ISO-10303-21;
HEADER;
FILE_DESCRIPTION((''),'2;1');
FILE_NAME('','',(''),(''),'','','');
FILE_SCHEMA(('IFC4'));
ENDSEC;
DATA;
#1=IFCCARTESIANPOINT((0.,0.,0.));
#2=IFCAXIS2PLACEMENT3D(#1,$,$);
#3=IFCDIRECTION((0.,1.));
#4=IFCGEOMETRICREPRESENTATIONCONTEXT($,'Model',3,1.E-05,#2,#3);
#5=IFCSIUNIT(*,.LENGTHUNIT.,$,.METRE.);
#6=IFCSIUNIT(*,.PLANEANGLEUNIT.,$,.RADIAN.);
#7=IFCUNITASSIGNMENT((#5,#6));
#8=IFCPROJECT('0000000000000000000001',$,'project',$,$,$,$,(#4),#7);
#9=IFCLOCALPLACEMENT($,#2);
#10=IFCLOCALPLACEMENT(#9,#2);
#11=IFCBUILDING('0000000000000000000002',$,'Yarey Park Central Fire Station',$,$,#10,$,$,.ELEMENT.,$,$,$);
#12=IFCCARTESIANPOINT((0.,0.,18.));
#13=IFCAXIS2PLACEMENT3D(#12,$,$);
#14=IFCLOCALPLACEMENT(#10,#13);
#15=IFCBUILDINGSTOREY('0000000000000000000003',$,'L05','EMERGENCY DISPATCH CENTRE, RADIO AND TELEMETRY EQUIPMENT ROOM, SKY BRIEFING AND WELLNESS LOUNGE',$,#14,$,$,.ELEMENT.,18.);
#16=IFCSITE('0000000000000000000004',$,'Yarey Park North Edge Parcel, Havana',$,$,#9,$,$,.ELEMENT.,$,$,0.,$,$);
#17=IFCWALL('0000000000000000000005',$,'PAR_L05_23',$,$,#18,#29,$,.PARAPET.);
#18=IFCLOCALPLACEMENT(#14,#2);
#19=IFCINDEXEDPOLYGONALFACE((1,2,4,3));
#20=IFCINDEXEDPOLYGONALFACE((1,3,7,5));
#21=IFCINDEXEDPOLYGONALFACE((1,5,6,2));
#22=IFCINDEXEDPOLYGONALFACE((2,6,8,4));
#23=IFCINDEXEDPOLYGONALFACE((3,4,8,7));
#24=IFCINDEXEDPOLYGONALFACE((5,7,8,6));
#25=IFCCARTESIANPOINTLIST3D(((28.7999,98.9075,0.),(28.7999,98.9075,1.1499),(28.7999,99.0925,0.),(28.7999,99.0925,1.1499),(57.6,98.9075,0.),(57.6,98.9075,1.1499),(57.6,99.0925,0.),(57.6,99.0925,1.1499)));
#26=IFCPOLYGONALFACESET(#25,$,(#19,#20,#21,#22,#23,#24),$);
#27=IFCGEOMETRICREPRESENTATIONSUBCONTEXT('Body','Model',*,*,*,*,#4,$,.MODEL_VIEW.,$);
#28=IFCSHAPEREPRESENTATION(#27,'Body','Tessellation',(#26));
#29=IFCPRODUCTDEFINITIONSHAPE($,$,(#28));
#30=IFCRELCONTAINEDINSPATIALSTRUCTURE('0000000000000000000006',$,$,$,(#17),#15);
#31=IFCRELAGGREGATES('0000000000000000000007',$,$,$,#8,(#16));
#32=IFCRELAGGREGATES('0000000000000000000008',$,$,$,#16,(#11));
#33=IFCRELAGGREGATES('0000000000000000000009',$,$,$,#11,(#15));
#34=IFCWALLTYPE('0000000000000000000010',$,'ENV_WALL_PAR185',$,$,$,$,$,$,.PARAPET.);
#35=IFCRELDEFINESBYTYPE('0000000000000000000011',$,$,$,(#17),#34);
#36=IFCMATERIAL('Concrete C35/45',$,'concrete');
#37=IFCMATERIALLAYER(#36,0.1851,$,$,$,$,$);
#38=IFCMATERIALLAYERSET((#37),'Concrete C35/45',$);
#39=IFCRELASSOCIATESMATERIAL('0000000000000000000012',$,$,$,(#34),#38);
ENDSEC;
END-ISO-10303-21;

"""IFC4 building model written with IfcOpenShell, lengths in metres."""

from ifc_helpers import new_model, si_unit, direction, frame, frame_2d, origin, place, context, subcontext, project, spatial, rectangle, extrude, material, layer, layer_set, type_object, element, save


model = new_model("IFC4")

# Units and contexts
model_context = context("Model", 3, precision=1e-05, world=origin(), true_north=direction((0.0, 1.0)))
body_context = subcontext(model_context, "Body", "Model", "MODEL_VIEW")
ifc_project = project(units=[si_unit("LENGTHUNIT", "METRE"), si_unit("PLANEANGLEUNIT", "RADIAN")], contexts=[model_context])

# Site, building, storey
site_placement = place(None, origin())
site = spatial("IfcSite", under=ifc_project, at=site_placement, Name="Yarey Park North Edge Parcel, Havana", CompositionType="ELEMENT", RefElevation=0.0)
building_placement = place(site_placement, origin())
building = spatial("IfcBuilding", under=site, at=building_placement, Name="Yarey Park Central Fire Station", CompositionType="ELEMENT")
storey_placement = place(building_placement, frame((0.0, 0.0, 18.0)))
storey = spatial("IfcBuildingStorey", under=building, at=storey_placement, Name="L05", Description="EMERGENCY DISPATCH CENTRE, RADIO AND TELEMETRY EQUIPMENT ROOM, SKY BRIEFING AND WELLNESS LOUNGE", CompositionType="ELEMENT", Elevation=18.0)

# Wall
ifc_material_1 = material(Name="Concrete C35/45", Category="concrete")
ifc_layer_1 = layer(ifc_material_1, 0.1851)
ifc_layer_set_1 = layer_set([ifc_layer_1], Name="Concrete C35/45")
wall_type_1 = type_object("IfcWallType", Name="ENV_WALL_PAR185", PredefinedType="PARAPET", material=ifc_layer_set_1)
wall_1_placement = place(storey_placement, frame((28.8, 99.0, 0.0), z_axis=(0.0, 0.0, 1.0), x_axis=(1.0, 0.0, 0.0)))
element("IfcWall", 1, at=wall_1_placement, inside=storey, type_object=wall_type_1, Name="PAR_L05_23", PredefinedType="PARAPET", context=body_context, shape_type="SweptSolid", body=[
    extrude(rectangle(XDim=28.8, YDim=0.1851, at=frame_2d((14.3999, 0.0))), origin(), (0.0, 0.0, 1.0), 1.1499),
])

save(model, "model.ifc")
